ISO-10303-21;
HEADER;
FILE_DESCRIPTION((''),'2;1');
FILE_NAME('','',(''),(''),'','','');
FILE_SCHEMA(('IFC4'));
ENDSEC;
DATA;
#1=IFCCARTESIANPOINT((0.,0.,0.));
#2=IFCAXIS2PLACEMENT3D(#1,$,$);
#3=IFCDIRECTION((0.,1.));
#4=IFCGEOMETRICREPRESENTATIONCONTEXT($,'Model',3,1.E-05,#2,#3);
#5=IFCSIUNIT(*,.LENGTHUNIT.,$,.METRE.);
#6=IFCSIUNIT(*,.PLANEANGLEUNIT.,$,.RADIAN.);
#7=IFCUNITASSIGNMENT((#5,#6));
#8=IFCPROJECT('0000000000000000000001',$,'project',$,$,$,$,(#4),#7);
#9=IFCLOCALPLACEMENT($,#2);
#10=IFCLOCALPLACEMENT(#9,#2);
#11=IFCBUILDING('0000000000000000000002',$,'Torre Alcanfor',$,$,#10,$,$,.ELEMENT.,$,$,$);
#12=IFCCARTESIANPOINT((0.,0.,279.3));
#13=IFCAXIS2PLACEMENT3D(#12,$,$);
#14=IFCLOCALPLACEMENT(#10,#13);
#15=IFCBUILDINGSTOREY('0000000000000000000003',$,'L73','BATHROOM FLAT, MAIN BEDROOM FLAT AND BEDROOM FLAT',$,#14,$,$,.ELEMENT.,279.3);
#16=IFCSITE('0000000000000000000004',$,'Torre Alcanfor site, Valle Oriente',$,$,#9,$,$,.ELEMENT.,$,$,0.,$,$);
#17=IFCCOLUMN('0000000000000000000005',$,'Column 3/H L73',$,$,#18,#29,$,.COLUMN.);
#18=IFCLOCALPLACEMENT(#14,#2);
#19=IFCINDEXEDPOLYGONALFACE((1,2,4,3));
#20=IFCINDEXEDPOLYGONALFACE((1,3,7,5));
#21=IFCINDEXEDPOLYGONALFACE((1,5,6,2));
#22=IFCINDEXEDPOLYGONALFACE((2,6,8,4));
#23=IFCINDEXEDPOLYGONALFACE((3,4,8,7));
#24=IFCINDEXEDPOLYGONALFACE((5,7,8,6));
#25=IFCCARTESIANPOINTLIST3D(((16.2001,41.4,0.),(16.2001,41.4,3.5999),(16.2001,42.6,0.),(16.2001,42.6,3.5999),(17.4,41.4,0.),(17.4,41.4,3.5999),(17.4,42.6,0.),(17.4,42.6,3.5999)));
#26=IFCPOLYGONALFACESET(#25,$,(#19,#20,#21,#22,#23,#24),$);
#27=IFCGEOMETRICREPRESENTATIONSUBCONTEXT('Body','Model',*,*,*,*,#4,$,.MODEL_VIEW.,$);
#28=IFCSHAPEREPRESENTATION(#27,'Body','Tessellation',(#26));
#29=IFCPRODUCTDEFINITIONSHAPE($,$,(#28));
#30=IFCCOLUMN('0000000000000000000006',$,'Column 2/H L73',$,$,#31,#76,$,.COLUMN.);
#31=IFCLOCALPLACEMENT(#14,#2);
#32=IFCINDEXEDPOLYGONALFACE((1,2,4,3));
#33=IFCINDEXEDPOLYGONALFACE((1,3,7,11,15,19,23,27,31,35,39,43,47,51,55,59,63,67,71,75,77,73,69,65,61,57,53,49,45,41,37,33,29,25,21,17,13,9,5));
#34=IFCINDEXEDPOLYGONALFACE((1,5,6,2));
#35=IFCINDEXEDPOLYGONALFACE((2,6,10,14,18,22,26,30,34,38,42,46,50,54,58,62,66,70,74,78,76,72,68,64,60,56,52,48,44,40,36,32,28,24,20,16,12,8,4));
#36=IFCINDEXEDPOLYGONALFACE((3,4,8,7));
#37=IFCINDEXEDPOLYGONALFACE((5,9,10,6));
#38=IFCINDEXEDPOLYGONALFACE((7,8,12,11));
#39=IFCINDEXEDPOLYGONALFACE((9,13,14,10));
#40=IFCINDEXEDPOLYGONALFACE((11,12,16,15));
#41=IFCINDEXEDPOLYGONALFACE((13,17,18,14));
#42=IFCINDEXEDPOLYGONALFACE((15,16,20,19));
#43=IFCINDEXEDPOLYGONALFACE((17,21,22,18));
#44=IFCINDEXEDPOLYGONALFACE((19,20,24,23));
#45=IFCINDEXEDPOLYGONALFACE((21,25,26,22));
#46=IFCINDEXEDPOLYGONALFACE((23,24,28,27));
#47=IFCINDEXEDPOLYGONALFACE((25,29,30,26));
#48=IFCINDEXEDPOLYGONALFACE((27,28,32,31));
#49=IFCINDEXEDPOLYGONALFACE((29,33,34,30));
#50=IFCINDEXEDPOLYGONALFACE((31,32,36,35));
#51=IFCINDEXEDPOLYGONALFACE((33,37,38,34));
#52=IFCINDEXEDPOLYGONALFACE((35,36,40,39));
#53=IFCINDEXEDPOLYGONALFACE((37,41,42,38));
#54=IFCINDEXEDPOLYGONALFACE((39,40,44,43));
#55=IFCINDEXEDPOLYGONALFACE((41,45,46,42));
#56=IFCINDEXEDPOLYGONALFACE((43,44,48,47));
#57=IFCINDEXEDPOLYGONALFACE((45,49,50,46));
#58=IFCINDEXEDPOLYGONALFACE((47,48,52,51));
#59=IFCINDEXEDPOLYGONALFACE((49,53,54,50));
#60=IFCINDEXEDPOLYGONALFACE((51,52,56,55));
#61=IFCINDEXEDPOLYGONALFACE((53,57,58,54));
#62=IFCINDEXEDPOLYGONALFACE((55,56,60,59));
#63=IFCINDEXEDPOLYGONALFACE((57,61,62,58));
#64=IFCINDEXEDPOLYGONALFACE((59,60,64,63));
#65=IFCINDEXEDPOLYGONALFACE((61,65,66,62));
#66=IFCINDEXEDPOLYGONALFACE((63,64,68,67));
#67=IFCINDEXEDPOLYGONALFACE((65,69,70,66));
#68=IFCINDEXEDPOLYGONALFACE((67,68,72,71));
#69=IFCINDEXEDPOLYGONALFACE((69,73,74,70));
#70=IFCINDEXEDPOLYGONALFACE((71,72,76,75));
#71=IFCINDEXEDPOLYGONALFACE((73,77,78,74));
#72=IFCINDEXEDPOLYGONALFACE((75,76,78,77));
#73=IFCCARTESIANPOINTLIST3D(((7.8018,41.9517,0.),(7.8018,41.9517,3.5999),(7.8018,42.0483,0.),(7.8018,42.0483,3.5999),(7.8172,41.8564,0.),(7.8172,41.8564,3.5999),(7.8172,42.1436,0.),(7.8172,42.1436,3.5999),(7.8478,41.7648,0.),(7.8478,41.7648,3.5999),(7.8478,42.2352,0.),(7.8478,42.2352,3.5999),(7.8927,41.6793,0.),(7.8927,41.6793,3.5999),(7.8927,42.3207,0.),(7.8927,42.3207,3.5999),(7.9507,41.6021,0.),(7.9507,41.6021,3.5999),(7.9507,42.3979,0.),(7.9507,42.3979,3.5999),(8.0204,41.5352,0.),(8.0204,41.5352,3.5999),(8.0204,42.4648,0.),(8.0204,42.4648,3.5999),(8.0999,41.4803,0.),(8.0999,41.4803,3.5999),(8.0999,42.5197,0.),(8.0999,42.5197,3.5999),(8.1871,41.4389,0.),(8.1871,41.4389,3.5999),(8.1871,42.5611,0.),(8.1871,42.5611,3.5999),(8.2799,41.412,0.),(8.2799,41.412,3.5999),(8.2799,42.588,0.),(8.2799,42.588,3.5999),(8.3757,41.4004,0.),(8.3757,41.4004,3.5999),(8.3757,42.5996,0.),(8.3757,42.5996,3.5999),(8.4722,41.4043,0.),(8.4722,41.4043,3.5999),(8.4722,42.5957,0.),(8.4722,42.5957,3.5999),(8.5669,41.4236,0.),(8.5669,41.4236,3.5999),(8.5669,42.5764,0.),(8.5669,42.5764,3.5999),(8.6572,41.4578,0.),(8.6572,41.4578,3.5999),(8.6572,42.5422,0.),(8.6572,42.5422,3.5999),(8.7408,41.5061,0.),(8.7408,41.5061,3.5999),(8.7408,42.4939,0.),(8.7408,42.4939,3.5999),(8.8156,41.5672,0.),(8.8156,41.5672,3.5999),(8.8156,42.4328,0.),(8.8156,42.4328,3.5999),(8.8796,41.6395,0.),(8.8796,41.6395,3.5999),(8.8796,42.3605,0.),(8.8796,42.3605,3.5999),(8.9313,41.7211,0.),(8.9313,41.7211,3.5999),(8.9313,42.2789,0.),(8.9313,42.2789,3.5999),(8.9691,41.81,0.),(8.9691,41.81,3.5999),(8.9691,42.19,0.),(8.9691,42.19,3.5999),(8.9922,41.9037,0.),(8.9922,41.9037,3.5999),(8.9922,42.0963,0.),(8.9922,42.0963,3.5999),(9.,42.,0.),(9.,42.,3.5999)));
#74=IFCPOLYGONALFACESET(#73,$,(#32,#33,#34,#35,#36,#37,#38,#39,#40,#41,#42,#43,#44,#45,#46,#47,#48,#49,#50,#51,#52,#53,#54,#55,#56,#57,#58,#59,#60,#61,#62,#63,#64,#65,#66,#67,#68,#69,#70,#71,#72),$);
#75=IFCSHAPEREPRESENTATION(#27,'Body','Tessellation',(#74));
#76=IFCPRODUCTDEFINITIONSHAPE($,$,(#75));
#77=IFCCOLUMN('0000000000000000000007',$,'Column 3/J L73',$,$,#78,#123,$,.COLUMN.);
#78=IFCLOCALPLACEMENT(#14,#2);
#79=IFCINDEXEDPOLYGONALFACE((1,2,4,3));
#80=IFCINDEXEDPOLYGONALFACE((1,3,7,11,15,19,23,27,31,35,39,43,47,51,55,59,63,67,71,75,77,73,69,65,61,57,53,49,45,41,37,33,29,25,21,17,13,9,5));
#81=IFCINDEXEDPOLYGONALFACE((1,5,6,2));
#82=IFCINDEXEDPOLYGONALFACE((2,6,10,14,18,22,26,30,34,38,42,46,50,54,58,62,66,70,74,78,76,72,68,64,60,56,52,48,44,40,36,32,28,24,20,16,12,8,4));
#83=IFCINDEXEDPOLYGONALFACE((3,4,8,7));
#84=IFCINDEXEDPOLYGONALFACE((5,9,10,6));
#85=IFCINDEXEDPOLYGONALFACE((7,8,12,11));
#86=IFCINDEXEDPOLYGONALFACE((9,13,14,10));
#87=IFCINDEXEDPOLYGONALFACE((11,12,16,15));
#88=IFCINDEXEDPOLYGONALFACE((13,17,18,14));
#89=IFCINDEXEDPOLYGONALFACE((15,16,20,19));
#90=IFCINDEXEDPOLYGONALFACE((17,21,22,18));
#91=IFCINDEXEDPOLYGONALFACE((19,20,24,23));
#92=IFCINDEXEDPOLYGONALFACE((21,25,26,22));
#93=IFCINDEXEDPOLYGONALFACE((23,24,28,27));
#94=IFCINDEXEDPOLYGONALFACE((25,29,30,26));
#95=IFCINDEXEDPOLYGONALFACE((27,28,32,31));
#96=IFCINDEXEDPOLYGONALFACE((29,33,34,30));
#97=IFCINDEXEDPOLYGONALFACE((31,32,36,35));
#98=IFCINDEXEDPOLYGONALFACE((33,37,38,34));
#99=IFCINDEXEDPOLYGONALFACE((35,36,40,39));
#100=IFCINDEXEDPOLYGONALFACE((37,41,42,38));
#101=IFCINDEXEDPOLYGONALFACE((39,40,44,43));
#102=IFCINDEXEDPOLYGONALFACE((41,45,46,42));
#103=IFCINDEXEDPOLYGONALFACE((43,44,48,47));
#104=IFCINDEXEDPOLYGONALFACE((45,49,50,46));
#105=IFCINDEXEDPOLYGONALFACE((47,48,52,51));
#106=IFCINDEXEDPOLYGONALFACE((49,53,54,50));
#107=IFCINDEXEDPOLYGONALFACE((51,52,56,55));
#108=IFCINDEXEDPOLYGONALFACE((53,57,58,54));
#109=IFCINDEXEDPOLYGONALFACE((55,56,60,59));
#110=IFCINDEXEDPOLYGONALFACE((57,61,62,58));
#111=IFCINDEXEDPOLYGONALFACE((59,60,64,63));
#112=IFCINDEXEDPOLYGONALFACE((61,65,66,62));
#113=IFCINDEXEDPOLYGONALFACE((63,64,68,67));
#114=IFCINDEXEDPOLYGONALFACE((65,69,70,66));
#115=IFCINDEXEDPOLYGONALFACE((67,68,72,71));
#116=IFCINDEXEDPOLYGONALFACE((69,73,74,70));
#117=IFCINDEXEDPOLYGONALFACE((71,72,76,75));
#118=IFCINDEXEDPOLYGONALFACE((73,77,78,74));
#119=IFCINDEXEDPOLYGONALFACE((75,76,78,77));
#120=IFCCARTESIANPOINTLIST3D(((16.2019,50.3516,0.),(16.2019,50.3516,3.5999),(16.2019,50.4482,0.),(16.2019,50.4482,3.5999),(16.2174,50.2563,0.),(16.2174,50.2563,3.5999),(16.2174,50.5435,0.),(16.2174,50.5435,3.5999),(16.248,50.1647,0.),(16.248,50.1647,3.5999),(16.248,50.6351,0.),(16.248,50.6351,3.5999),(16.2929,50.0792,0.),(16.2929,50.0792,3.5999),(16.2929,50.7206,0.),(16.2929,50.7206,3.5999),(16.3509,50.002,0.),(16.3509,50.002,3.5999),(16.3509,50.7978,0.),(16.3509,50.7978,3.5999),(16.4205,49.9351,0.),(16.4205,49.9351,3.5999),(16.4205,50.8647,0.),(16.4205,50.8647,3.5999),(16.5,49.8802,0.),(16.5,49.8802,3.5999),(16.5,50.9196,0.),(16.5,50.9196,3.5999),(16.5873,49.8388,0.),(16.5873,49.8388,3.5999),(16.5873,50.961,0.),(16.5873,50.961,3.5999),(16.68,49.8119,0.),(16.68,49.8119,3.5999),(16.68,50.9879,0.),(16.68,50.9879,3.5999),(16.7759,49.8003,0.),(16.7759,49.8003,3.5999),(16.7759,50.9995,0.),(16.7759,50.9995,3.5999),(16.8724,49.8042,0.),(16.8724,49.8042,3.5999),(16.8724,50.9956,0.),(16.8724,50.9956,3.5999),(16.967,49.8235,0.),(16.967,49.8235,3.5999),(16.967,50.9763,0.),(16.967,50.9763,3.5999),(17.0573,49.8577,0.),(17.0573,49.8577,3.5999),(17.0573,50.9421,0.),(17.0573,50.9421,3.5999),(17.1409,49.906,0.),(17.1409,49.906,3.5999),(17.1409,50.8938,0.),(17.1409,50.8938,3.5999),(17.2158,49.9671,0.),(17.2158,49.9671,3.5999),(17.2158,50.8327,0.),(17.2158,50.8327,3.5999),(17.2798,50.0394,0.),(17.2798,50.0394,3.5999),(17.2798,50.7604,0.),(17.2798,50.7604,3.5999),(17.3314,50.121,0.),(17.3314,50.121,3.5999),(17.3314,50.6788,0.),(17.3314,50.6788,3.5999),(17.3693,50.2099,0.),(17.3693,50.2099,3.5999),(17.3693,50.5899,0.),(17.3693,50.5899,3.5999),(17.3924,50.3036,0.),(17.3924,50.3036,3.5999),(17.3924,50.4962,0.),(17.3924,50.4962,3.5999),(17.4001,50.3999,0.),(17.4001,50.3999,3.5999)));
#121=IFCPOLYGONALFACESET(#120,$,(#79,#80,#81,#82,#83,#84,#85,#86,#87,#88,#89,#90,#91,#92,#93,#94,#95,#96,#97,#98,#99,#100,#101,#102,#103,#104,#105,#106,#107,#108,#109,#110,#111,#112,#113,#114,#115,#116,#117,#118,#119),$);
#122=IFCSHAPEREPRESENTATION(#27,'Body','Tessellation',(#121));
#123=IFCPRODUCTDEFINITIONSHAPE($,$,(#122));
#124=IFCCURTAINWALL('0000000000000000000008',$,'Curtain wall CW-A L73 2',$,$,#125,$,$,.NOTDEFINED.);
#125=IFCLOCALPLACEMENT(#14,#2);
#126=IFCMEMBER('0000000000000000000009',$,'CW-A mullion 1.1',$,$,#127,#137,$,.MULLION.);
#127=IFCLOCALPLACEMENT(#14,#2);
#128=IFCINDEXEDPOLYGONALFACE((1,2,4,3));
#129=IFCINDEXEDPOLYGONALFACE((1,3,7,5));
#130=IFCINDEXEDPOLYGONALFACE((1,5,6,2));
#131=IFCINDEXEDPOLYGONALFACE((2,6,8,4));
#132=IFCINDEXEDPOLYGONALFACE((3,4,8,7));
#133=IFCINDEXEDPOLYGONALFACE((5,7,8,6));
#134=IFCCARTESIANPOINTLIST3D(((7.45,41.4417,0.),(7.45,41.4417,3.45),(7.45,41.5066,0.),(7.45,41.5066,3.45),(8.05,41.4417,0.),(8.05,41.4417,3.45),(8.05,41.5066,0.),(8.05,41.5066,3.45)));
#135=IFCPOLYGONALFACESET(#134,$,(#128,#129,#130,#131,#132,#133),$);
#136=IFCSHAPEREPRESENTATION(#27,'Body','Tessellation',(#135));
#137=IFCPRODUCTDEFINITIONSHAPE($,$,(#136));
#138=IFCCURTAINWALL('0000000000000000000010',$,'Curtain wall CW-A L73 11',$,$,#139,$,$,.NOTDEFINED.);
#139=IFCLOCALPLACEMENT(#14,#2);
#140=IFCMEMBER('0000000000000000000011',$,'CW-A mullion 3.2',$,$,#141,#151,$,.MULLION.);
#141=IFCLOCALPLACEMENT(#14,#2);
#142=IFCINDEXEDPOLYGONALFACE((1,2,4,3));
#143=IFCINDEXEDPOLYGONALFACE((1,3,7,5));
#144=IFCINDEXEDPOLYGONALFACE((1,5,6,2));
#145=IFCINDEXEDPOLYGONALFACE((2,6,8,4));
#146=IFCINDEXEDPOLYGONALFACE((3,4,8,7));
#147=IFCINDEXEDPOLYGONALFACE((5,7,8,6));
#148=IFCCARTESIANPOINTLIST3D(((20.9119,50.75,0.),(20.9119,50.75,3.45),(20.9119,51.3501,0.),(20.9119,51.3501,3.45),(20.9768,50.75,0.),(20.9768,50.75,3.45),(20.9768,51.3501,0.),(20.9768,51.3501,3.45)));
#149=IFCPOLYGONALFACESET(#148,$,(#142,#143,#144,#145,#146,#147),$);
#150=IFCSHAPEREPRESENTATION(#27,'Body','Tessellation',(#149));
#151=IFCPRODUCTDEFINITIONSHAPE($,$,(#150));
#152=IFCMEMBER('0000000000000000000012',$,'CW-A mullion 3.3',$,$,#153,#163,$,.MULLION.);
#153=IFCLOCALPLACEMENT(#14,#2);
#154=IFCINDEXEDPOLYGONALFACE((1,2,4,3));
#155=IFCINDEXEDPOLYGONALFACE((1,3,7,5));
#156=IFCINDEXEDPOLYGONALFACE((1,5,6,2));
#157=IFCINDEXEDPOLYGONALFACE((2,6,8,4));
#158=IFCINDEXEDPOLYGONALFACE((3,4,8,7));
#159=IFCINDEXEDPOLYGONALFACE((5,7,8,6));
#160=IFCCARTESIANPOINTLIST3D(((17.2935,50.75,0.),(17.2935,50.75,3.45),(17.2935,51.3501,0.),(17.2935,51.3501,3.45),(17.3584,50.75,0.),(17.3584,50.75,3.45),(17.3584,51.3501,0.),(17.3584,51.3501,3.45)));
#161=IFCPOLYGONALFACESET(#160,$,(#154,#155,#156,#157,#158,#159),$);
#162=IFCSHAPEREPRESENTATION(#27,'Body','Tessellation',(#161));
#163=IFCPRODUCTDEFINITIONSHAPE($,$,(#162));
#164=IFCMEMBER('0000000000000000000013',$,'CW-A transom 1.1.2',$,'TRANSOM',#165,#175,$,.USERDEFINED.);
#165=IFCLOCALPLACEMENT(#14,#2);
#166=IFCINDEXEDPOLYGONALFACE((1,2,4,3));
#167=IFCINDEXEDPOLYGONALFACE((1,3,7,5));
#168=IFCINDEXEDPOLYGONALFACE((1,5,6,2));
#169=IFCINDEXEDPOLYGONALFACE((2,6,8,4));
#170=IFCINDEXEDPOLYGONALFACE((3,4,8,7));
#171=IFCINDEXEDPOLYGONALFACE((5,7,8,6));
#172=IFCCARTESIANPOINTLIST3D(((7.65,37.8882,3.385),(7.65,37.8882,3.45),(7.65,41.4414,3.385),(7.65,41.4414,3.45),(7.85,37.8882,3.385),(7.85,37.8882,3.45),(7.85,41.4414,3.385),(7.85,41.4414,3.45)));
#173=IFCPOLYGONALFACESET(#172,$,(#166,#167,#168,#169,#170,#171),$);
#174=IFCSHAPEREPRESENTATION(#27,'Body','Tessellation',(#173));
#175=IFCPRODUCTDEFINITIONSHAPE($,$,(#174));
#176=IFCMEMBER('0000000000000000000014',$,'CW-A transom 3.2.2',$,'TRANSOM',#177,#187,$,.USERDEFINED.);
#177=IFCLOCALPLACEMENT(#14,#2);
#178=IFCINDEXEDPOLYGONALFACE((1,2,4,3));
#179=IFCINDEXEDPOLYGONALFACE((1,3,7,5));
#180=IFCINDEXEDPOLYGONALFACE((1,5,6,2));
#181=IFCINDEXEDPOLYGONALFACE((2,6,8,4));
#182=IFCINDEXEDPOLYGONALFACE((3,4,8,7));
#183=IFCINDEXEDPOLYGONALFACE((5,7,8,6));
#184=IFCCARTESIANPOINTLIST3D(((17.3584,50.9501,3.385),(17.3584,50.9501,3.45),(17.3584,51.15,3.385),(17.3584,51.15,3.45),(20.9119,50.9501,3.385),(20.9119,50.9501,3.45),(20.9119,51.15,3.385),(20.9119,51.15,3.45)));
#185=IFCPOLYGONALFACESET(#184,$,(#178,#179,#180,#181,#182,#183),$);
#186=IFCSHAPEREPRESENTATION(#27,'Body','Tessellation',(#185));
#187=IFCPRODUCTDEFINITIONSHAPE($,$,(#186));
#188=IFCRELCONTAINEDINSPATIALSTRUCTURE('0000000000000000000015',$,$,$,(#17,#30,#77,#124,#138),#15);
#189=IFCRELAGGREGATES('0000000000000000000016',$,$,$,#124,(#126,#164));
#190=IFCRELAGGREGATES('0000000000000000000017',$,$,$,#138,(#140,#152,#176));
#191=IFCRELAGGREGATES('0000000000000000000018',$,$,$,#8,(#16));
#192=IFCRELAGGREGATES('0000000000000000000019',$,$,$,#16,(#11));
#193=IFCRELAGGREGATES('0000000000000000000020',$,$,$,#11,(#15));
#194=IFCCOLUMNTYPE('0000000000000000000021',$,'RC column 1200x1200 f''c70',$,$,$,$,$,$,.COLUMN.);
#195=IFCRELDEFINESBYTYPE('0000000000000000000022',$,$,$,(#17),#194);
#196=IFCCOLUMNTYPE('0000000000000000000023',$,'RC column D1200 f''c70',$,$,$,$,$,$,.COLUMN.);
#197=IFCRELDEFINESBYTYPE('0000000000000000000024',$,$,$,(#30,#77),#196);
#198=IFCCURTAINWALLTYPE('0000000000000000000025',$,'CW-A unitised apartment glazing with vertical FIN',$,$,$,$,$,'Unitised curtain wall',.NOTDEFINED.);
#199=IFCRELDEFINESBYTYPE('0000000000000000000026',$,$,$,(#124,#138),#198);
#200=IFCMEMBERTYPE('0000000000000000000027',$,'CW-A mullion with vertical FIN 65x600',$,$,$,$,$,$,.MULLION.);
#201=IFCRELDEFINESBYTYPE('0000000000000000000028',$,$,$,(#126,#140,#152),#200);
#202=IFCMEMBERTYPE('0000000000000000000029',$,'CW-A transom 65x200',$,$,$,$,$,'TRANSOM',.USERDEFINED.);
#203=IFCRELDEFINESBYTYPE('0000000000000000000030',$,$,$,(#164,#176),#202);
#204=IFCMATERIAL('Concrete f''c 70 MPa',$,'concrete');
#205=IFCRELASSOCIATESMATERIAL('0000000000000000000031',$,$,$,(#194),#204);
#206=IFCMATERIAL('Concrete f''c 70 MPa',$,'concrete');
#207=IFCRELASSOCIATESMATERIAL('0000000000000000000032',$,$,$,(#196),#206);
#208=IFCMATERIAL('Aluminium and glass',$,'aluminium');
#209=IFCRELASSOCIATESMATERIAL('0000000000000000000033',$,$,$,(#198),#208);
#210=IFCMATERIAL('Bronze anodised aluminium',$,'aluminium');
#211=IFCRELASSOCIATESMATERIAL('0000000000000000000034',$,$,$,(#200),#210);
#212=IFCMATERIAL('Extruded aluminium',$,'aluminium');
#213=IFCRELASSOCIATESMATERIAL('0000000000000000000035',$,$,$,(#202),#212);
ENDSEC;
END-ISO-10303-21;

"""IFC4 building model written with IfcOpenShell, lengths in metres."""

from ifc_helpers import new_model, si_unit, direction, frame, origin, origin_2d, place, context, subcontext, project, spatial, rectangle, circle, extrude, material, material_profile, profile_set, type_object, element, aggregate, save


model = new_model("IFC4")

# Units and contexts
model_context = context("Model", 3, precision=1e-05, world=origin(), true_north=direction((0.0, 1.0)))
body_context = subcontext(model_context, "Body", "Model", "MODEL_VIEW")
ifc_project = project(units=[si_unit("LENGTHUNIT", "METRE"), si_unit("PLANEANGLEUNIT", "RADIAN")], contexts=[model_context])

# Site, building, storey
site_placement = place(None, origin())
site = spatial("IfcSite", under=ifc_project, at=site_placement, Name="Torre Alcanfor site, Valle Oriente", CompositionType="ELEMENT", RefElevation=0.0)
building_placement = place(site_placement, origin())
building = spatial("IfcBuilding", under=site, at=building_placement, Name="Torre Alcanfor", CompositionType="ELEMENT")
storey_placement = place(building_placement, frame((0.0, 0.0, 279.3)))
storey = spatial("IfcBuildingStorey", under=building, at=storey_placement, Name="L73", Description="BATHROOM FLAT, MAIN BEDROOM FLAT AND BEDROOM FLAT", CompositionType="ELEMENT", Elevation=279.3)

# Columns
ifc_material_1 = material(Name="Concrete f'c 70 MPa", Category="concrete")
ifc_material_profile_1 = material_profile(ifc_material_1, rectangle(XDim=1.2, YDim=1.2, at=origin_2d()), Name="1200x1200")
ifc_profile_set_1 = profile_set([ifc_material_profile_1], Name="Concrete f'c 70 MPa")
column_type_1 = type_object("IfcColumnType", Name="RC column 1200x1200 f'c70", PredefinedType="COLUMN", material=ifc_profile_set_1)
column_placement = place(storey_placement, frame((16.8, 42.0, 0.0), z_axis=(0.0, 0.0, 1.0), x_axis=(1.0, 0.0, 0.0)))
element("IfcColumn", 1, at=column_placement, inside=storey, type_object=column_type_1, Name="Column 3/H L73", PredefinedType="COLUMN", context=body_context, shape_type="SweptSolid", body=[
    extrude(rectangle(XDim=1.2, YDim=1.2, at=origin_2d()), origin(), (0.0, 0.0, 1.0), 3.5999),
])
ifc_material_2 = material(Name="Concrete f'c 70 MPa", Category="concrete")
ifc_material_profile_2 = material_profile(ifc_material_2, circle(Radius=0.6001, at=origin_2d()), Name="D1200")
ifc_profile_set_2 = profile_set([ifc_material_profile_2], Name="Concrete f'c 70 MPa")
column_type_2 = type_object("IfcColumnType", Name="RC column D1200 f'c70", PredefinedType="COLUMN", material=ifc_profile_set_2)
for number, where, z_axis, x_axis, name in (
    (2, (8.3999, 42.0, 0.0), (0.0, 0.0, 1.0), (1.0, 0.0, 0.0), "Column 2/H L73"),
    (3, (16.8, 50.3999, 0.0), (0.0, 0.0, 1.0), (1.0, 0.0, 0.0), "Column 3/J L73"),
):
    element("IfcColumn", number, at=place(storey_placement, frame(where, z_axis=z_axis, x_axis=x_axis)), inside=storey, type_object=column_type_2, Name=name, PredefinedType="COLUMN", context=body_context, shape_type="SweptSolid", body=[
        extrude(circle(Radius=0.6001, at=origin_2d()), origin(), (0.0, 0.0, 1.0), 3.5999),
    ])

# Curtain wall, member
ifc_material_3 = material(Name="Aluminium and glass", Category="aluminium")
curtain_wall_type = type_object("IfcCurtainWallType", Name="CW-A unitised apartment glazing with vertical FIN", ElementType="Unitised curtain wall", PredefinedType="NOTDEFINED", material=ifc_material_3)
curtain_wall_1_placement = place(storey_placement, origin())
curtain_wall_1 = element("IfcCurtainWall", 4, at=curtain_wall_1_placement, inside=storey, type_object=curtain_wall_type, Name="Curtain wall CW-A L73 2", PredefinedType="NOTDEFINED")
ifc_material_4 = material(Name="Bronze anodised aluminium", Category="aluminium")
ifc_material_profile_3 = material_profile(ifc_material_4, rectangle(XDim=0.6001, YDim=0.0649, at=origin_2d()), Name="CW-A mullion 65x600")
ifc_profile_set_3 = profile_set([ifc_material_profile_3], Name="Bronze anodised aluminium")
member_type_1 = type_object("IfcMemberType", Name="CW-A mullion with vertical FIN 65x600", PredefinedType="MULLION", material=ifc_profile_set_3)
member_1_placement = place(storey_placement, frame((7.75, 41.4741, 0.0), z_axis=(0.0, 0.0, 1.0), x_axis=(1.0, 0.0, 0.0)))
member_1 = element("IfcMember", 5, at=member_1_placement, type_object=member_type_1, Name="CW-A mullion 1.1", PredefinedType="MULLION", context=body_context, shape_type="SweptSolid", body=[
    extrude(rectangle(XDim=0.6001, YDim=0.0649, at=origin_2d()), origin(), (0.0, 0.0, 1.0), 3.45),
])

# Curtain wall, members
curtain_wall_2_placement = place(storey_placement, origin())
curtain_wall_2 = element("IfcCurtainWall", 6, at=curtain_wall_2_placement, inside=storey, type_object=curtain_wall_type, Name="Curtain wall CW-A L73 11", PredefinedType="NOTDEFINED")
member_2_placement = place(storey_placement, frame((20.9443, 51.05, 0.0), z_axis=(0.0, 0.0, 1.0), x_axis=(0.0, -1.0, 0.0)))
member_2 = element("IfcMember", 7, at=member_2_placement, type_object=member_type_1, Name="CW-A mullion 3.2", PredefinedType="MULLION", context=body_context, shape_type="SweptSolid", body=[
    extrude(rectangle(XDim=0.6001, YDim=0.0649, at=origin_2d()), origin(), (0.0, 0.0, 1.0), 3.45),
])
member_3_placement = place(storey_placement, frame((17.3259, 51.05, 0.0), z_axis=(0.0, 0.0, 1.0), x_axis=(0.0, -1.0, 0.0)))
member_3 = element("IfcMember", 8, at=member_3_placement, type_object=member_type_1, Name="CW-A mullion 3.3", PredefinedType="MULLION", context=body_context, shape_type="SweptSolid", body=[
    extrude(rectangle(XDim=0.6001, YDim=0.0649, at=origin_2d()), origin(), (0.0, 0.0, 1.0), 3.45),
])

# Members
ifc_material_5 = material(Name="Extruded aluminium", Category="aluminium")
ifc_material_profile_4 = material_profile(ifc_material_5, rectangle(XDim=0.2, YDim=0.0649, at=origin_2d()), Name="CW-A transom 200x65")
ifc_profile_set_4 = profile_set([ifc_material_profile_4], Name="Extruded aluminium")
member_type_2 = type_object("IfcMemberType", Name="CW-A transom 65x200", ElementType="TRANSOM", PredefinedType="USERDEFINED", material=ifc_profile_set_4)
member_4_placement = place(storey_placement, frame((7.75, 41.4414, 3.4175), z_axis=(0.0, -1.0, 0.0), x_axis=(1.0, 0.0, 0.0)))
member_4 = element("IfcMember", 9, at=member_4_placement, type_object=member_type_2, Name="CW-A transom 1.1.2", ObjectType="TRANSOM", PredefinedType="USERDEFINED", context=body_context, shape_type="SweptSolid", body=[
    extrude(rectangle(XDim=0.2, YDim=0.0649, at=origin_2d()), origin(), (0.0, 0.0, 1.0), 3.5532),
])
aggregate(curtain_wall_1, [member_1, member_4])
member_5_placement = place(storey_placement, frame((20.9119, 51.05, 3.4175), z_axis=(-1.0, 0.0, 0.0), x_axis=(0.0, -1.0, 0.0)))
member_5 = element("IfcMember", 10, at=member_5_placement, type_object=member_type_2, Name="CW-A transom 3.2.2", ObjectType="TRANSOM", PredefinedType="USERDEFINED", context=body_context, shape_type="SweptSolid", body=[
    extrude(rectangle(XDim=0.2, YDim=0.0649, at=origin_2d()), origin(), (0.0, 0.0, 1.0), 3.5535),
])

aggregate(curtain_wall_2, [member_2, member_3, member_5])

save(model, "model.ifc")
